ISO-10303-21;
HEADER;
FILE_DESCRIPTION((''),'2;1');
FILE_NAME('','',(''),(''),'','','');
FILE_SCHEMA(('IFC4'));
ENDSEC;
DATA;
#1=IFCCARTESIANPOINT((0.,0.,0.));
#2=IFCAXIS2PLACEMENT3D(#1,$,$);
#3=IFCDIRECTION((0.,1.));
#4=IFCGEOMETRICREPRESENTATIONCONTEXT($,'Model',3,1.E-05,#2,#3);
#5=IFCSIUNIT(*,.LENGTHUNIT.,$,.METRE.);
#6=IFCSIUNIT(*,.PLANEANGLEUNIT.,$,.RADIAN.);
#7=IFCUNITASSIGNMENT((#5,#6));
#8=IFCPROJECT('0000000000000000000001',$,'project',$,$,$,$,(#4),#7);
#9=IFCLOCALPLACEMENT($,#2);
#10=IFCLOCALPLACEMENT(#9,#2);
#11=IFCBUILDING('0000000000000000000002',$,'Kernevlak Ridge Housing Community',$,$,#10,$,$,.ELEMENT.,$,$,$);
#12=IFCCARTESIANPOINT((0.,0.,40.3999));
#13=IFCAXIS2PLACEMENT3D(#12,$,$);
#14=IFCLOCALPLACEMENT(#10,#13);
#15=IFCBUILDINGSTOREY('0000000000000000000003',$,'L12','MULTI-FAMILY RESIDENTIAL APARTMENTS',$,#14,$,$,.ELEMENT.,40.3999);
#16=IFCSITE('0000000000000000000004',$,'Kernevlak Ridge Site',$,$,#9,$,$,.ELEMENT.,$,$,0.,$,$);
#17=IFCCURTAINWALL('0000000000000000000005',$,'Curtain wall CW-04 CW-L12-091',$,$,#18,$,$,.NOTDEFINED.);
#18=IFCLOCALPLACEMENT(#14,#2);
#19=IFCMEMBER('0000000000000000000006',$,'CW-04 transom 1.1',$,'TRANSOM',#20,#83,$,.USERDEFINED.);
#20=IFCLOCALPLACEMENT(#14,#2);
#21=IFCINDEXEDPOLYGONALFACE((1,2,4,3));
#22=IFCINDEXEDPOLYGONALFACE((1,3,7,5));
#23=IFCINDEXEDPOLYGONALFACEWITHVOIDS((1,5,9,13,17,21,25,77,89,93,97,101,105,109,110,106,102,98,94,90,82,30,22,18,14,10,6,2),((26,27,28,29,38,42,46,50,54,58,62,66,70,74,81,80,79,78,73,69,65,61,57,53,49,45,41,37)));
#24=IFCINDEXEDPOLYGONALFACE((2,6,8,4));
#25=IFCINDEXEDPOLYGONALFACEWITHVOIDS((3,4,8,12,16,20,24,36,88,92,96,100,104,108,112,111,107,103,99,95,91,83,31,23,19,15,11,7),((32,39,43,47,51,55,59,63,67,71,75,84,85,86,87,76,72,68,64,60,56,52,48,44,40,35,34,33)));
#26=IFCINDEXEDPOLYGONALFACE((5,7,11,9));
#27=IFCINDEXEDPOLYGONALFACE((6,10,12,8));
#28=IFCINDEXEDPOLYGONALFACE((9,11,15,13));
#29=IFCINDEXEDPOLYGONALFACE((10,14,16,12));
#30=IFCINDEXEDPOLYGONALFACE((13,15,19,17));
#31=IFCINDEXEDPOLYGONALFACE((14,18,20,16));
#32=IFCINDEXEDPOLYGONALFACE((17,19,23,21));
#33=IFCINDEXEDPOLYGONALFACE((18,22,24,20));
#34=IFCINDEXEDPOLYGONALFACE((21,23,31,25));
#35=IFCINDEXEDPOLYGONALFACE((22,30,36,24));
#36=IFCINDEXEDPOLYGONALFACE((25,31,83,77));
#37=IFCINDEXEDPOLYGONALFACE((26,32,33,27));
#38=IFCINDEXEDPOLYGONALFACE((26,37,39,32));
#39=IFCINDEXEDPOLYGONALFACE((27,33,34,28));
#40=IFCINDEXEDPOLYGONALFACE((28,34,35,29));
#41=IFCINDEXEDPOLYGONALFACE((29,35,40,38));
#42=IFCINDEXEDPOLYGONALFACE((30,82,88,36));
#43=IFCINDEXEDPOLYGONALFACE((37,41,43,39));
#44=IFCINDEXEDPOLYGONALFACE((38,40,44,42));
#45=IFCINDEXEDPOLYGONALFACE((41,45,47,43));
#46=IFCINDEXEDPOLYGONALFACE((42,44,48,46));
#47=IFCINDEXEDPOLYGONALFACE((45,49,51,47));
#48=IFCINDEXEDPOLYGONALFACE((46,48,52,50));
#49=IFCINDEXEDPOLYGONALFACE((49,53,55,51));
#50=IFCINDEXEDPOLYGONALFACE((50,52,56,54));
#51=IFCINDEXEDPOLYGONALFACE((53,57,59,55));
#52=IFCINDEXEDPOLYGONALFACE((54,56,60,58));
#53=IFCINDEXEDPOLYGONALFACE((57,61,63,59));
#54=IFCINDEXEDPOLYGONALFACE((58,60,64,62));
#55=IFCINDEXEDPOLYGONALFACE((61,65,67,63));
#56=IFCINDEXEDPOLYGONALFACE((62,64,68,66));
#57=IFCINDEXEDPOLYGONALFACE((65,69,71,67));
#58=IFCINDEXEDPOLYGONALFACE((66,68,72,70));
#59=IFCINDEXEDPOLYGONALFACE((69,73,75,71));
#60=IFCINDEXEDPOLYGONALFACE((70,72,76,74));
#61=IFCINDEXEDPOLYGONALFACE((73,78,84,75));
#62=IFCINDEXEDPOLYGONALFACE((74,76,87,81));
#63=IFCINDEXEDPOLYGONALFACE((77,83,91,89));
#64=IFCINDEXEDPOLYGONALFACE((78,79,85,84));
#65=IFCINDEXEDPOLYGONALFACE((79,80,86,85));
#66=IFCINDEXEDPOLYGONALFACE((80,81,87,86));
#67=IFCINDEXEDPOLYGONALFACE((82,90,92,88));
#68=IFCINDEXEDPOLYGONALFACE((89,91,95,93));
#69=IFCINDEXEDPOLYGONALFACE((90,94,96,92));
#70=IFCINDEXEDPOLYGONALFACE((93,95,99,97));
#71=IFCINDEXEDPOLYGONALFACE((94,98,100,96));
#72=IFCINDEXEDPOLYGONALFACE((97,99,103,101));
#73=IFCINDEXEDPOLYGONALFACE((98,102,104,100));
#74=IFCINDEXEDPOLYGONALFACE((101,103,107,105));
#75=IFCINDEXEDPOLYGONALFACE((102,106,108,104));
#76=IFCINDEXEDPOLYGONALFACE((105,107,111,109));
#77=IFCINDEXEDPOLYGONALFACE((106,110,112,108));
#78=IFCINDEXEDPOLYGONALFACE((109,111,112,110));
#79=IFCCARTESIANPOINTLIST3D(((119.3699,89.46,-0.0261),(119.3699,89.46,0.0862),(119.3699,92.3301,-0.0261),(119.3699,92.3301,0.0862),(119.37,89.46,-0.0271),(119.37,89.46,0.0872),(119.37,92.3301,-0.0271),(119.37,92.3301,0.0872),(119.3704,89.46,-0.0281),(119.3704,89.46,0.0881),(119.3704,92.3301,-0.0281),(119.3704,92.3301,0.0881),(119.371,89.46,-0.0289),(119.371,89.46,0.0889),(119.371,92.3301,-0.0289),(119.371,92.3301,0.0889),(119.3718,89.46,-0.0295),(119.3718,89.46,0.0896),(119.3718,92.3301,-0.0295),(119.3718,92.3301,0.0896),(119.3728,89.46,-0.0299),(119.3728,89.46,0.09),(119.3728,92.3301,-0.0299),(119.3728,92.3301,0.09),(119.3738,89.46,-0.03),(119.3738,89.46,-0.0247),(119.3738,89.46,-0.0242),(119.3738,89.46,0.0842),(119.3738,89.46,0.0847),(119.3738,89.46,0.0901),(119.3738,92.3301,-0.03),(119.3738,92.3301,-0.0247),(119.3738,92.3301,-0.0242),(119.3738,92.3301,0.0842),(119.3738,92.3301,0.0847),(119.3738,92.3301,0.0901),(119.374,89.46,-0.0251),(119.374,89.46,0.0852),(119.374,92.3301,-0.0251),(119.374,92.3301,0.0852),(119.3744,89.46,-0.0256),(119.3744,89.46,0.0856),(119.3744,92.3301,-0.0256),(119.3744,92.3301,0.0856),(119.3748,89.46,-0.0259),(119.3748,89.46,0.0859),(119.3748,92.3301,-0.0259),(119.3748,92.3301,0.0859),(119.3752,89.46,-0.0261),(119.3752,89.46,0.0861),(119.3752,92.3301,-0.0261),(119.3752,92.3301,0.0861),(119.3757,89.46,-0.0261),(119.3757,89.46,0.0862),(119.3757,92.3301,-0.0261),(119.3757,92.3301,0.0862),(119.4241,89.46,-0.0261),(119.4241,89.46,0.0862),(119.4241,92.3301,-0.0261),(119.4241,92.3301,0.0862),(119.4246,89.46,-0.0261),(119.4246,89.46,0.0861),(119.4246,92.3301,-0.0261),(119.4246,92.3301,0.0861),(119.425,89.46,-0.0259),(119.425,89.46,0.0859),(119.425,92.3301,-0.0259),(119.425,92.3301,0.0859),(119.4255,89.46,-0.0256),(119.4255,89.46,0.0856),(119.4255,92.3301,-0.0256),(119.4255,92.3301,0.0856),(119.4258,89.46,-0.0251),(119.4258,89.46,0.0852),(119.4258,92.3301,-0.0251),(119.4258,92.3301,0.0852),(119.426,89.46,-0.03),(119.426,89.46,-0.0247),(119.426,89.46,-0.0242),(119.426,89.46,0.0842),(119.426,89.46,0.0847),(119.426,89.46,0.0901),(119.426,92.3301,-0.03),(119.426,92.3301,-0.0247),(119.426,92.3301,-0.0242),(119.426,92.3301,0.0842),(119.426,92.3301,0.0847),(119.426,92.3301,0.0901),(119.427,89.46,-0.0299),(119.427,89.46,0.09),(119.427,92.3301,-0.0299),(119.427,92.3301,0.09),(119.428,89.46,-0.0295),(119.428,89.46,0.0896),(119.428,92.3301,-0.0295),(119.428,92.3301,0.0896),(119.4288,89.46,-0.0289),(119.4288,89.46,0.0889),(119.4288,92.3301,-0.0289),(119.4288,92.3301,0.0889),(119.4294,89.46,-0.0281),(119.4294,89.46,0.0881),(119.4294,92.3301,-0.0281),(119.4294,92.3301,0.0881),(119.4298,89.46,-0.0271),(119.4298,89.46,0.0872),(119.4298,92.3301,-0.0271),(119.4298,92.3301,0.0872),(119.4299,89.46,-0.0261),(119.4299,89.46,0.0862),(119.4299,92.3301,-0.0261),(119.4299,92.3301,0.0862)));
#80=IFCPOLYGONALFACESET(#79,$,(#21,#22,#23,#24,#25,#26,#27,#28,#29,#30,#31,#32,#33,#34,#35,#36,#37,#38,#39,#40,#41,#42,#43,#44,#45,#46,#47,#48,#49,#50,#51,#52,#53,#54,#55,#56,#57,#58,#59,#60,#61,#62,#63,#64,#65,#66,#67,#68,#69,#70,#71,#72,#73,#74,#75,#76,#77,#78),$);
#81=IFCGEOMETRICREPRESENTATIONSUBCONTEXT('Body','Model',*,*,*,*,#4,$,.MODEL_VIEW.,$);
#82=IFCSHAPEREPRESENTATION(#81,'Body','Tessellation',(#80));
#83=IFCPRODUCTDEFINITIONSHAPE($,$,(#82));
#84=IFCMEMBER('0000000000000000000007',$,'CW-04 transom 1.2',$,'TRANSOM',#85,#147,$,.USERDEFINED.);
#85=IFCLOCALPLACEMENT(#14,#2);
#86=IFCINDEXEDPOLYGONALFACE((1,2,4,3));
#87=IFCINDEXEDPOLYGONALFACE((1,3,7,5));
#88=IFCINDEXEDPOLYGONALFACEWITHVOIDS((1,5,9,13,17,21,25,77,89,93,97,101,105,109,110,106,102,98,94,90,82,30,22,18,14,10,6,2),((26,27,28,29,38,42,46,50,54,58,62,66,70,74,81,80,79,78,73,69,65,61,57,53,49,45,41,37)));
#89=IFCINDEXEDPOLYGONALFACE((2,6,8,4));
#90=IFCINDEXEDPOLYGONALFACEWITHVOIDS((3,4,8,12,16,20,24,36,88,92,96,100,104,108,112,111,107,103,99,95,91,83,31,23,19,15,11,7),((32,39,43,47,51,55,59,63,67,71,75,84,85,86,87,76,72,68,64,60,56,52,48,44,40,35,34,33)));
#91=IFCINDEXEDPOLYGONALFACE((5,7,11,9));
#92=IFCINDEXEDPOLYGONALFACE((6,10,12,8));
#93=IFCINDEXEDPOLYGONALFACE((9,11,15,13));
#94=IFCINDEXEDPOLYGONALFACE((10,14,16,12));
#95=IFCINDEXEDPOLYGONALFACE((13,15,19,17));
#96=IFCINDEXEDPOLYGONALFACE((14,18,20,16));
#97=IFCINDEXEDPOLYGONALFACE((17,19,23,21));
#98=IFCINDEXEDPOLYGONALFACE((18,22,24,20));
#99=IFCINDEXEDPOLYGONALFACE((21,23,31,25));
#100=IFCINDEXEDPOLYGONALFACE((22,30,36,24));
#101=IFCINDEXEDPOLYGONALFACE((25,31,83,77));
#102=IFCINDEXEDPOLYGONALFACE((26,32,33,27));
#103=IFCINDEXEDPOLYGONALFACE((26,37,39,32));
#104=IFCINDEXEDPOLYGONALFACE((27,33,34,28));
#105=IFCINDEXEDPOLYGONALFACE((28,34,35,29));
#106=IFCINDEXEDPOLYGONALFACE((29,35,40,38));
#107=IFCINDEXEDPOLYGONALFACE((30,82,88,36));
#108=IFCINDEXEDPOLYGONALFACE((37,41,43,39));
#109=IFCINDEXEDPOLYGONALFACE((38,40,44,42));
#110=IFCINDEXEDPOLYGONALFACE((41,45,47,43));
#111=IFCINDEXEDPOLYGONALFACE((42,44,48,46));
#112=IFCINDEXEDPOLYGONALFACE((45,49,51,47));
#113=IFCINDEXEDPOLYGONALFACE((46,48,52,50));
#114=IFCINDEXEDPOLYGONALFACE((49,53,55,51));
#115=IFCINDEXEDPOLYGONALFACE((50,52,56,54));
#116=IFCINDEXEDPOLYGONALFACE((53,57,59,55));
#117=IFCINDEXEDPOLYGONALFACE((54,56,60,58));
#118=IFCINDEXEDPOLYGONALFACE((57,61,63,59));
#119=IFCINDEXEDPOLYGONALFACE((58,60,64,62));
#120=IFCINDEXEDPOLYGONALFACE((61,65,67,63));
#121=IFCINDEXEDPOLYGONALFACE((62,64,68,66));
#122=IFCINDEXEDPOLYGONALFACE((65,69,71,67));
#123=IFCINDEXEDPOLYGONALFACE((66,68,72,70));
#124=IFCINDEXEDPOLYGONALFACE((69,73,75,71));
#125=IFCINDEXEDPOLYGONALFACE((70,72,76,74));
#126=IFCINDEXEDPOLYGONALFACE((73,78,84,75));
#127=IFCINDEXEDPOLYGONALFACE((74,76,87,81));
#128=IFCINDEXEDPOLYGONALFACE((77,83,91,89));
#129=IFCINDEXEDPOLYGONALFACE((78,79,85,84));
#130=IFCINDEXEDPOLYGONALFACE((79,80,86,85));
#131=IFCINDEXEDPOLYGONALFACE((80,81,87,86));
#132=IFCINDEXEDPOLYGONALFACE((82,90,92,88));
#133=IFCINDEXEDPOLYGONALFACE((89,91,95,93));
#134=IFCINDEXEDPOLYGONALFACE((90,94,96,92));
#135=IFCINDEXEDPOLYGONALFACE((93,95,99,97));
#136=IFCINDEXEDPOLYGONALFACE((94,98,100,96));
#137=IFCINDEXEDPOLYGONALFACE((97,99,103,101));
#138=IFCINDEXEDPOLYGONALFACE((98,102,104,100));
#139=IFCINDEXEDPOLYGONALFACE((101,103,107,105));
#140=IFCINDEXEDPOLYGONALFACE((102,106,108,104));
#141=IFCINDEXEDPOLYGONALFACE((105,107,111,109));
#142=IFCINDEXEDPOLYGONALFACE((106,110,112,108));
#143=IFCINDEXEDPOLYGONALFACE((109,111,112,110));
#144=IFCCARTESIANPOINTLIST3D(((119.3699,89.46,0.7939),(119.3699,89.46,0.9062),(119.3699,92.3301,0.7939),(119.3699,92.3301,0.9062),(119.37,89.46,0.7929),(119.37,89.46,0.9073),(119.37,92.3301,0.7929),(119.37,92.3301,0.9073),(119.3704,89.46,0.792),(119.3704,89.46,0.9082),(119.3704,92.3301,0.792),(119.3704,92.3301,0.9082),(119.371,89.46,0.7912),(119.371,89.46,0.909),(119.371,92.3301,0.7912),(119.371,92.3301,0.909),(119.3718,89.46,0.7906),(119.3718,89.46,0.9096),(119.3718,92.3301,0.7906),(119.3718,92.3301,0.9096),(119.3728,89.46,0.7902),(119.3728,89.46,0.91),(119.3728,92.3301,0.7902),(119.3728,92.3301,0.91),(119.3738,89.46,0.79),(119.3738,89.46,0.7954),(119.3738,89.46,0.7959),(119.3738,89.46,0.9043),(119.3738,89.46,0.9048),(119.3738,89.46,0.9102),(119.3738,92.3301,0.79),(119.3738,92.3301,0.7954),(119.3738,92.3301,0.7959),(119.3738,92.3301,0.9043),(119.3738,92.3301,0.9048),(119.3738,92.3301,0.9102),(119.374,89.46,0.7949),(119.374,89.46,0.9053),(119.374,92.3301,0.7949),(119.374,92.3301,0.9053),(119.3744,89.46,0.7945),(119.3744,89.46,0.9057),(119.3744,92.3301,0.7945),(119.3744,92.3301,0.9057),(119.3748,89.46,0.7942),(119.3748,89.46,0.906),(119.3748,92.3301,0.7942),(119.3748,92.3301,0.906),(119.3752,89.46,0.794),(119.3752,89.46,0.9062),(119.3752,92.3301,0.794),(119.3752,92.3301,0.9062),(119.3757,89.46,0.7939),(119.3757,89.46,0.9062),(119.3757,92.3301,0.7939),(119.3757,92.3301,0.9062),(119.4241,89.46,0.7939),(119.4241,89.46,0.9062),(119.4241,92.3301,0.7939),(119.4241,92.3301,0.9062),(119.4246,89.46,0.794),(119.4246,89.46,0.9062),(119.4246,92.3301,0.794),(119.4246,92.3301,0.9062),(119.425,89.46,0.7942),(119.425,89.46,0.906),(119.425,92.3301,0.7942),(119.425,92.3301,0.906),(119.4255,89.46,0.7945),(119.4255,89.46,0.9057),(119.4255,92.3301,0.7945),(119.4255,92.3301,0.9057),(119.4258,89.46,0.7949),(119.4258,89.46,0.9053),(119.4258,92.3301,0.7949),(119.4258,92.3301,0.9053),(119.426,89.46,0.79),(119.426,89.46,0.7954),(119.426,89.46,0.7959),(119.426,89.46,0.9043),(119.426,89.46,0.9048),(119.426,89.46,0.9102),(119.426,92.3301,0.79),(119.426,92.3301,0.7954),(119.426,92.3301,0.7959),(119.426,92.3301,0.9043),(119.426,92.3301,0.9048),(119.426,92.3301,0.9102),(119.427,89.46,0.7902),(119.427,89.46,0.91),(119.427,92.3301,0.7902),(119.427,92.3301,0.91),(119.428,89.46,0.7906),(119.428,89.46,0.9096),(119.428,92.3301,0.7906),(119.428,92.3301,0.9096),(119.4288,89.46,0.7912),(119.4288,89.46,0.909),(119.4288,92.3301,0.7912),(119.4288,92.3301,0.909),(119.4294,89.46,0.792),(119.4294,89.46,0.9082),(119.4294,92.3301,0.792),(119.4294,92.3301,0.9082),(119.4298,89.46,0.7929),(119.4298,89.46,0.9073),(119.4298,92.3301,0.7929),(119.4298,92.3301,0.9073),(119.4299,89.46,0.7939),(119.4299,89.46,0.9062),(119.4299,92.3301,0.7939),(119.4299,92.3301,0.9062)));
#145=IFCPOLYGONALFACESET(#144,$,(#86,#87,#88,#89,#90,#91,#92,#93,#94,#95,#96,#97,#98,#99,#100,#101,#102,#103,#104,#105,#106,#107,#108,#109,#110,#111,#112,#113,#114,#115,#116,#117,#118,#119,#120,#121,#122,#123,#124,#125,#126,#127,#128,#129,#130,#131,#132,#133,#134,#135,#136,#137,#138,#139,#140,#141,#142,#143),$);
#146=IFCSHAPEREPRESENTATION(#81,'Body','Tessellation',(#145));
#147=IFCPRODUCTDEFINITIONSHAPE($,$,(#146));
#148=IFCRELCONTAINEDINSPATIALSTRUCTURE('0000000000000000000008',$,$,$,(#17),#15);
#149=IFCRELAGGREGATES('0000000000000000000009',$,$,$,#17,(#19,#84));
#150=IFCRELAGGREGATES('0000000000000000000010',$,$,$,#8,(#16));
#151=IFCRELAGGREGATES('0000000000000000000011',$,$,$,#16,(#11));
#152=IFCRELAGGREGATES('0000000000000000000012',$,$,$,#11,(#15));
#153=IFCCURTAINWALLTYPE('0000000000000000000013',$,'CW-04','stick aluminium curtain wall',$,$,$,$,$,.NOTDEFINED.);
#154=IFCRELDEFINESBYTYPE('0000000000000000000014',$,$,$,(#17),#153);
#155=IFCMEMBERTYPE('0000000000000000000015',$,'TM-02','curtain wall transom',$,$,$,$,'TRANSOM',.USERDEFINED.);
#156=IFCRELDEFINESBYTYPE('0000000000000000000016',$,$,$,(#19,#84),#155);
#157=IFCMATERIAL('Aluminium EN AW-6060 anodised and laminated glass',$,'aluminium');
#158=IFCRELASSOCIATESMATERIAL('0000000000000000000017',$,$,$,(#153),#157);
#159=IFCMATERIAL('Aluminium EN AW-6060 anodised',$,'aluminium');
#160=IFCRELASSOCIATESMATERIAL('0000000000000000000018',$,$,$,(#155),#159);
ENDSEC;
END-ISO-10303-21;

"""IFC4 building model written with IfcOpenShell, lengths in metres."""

from ifc_helpers import new_model, si_unit, direction, frame, origin, origin_2d, place, context, subcontext, project, spatial, hollow_rectangle, extrude, material, material_profile, profile_set, type_object, element, aggregate, save


model = new_model("IFC4")

# Units and contexts
model_context = context("Model", 3, precision=1e-05, world=origin(), true_north=direction((0.0, 1.0)))
body_context = subcontext(model_context, "Body", "Model", "MODEL_VIEW")
ifc_project = project(units=[si_unit("LENGTHUNIT", "METRE"), si_unit("PLANEANGLEUNIT", "RADIAN")], contexts=[model_context])

# Site, building, storey
site_placement = place(None, origin())
site = spatial("IfcSite", under=ifc_project, at=site_placement, Name="Kernevlak Ridge Site", CompositionType="ELEMENT", RefElevation=0.0)
building_placement = place(site_placement, origin())
building = spatial("IfcBuilding", under=site, at=building_placement, Name="Kernevlak Ridge Housing Community", CompositionType="ELEMENT")
storey_placement = place(building_placement, frame((0.0, 0.0, 40.3999)))
storey = spatial("IfcBuildingStorey", under=building, at=storey_placement, Name="L12", Description="MULTI-FAMILY RESIDENTIAL APARTMENTS", CompositionType="ELEMENT", Elevation=40.3999)

# Curtain wall
ifc_material_1 = material(Name="Aluminium EN AW-6060 anodised and laminated glass", Category="aluminium")
curtain_wall_type = type_object("IfcCurtainWallType", Name="CW-04", Description="stick aluminium curtain wall", PredefinedType="NOTDEFINED", material=ifc_material_1)
curtain_wall_placement = place(storey_placement, origin())
curtain_wall = element("IfcCurtainWall", 1, at=curtain_wall_placement, inside=storey, type_object=curtain_wall_type, Name="Curtain wall CW-04 CW-L12-091", PredefinedType="NOTDEFINED")
ifc_material_2 = material(Name="Aluminium EN AW-6060 anodised", Category="aluminium")

# Members
ifc_material_profile_1 = material_profile(ifc_material_2, hollow_rectangle(XDim=0.0601, YDim=0.1201, WallThickness=0.0039, InnerFilletRadius=0.002, OuterFilletRadius=0.0039, at=origin_2d()), Name="ALU 60x120x4")
ifc_profile_set_1 = profile_set([ifc_material_profile_1], Name="Aluminium EN AW-6060 anodised")
member_type_1 = type_object("IfcMemberType", Name="TM-02", Description="curtain wall transom", ElementType="TRANSOM", PredefinedType="USERDEFINED", material=ifc_profile_set_1)
member_1_placement = place(storey_placement, frame((119.3999, 89.46, 0.03), z_axis=(0.0, 1.0, 0.0), x_axis=(-1.0, 0.0, 0.0)))
member_1 = element("IfcMember", 2, at=member_1_placement, type_object=member_type_1, Name="CW-04 transom 1.1", ObjectType="TRANSOM", PredefinedType="USERDEFINED", context=body_context, shape_type="SweptSolid", body=[
    extrude(hollow_rectangle(XDim=0.0601, YDim=0.1201, WallThickness=0.0039, InnerFilletRadius=0.002, OuterFilletRadius=0.0039, at=origin_2d()), origin(), (0.0, 0.0, 1.0), 2.8701),
])
member_2_placement = place(storey_placement, frame((119.3999, 89.46, 0.8501), z_axis=(0.0, 1.0, 0.0), x_axis=(-1.0, 0.0, 0.0)))
member_2 = element("IfcMember", 3, at=member_2_placement, type_object=member_type_1, Name="CW-04 transom 1.2", ObjectType="TRANSOM", PredefinedType="USERDEFINED", context=body_context, shape_type="SweptSolid", body=[
    extrude(hollow_rectangle(XDim=0.0601, YDim=0.1201, WallThickness=0.0039, InnerFilletRadius=0.002, OuterFilletRadius=0.0039, at=origin_2d()), origin(), (0.0, 0.0, 1.0), 2.8701),
])
aggregate(curtain_wall, [member_1, member_2])

save(model, "model.ifc")
